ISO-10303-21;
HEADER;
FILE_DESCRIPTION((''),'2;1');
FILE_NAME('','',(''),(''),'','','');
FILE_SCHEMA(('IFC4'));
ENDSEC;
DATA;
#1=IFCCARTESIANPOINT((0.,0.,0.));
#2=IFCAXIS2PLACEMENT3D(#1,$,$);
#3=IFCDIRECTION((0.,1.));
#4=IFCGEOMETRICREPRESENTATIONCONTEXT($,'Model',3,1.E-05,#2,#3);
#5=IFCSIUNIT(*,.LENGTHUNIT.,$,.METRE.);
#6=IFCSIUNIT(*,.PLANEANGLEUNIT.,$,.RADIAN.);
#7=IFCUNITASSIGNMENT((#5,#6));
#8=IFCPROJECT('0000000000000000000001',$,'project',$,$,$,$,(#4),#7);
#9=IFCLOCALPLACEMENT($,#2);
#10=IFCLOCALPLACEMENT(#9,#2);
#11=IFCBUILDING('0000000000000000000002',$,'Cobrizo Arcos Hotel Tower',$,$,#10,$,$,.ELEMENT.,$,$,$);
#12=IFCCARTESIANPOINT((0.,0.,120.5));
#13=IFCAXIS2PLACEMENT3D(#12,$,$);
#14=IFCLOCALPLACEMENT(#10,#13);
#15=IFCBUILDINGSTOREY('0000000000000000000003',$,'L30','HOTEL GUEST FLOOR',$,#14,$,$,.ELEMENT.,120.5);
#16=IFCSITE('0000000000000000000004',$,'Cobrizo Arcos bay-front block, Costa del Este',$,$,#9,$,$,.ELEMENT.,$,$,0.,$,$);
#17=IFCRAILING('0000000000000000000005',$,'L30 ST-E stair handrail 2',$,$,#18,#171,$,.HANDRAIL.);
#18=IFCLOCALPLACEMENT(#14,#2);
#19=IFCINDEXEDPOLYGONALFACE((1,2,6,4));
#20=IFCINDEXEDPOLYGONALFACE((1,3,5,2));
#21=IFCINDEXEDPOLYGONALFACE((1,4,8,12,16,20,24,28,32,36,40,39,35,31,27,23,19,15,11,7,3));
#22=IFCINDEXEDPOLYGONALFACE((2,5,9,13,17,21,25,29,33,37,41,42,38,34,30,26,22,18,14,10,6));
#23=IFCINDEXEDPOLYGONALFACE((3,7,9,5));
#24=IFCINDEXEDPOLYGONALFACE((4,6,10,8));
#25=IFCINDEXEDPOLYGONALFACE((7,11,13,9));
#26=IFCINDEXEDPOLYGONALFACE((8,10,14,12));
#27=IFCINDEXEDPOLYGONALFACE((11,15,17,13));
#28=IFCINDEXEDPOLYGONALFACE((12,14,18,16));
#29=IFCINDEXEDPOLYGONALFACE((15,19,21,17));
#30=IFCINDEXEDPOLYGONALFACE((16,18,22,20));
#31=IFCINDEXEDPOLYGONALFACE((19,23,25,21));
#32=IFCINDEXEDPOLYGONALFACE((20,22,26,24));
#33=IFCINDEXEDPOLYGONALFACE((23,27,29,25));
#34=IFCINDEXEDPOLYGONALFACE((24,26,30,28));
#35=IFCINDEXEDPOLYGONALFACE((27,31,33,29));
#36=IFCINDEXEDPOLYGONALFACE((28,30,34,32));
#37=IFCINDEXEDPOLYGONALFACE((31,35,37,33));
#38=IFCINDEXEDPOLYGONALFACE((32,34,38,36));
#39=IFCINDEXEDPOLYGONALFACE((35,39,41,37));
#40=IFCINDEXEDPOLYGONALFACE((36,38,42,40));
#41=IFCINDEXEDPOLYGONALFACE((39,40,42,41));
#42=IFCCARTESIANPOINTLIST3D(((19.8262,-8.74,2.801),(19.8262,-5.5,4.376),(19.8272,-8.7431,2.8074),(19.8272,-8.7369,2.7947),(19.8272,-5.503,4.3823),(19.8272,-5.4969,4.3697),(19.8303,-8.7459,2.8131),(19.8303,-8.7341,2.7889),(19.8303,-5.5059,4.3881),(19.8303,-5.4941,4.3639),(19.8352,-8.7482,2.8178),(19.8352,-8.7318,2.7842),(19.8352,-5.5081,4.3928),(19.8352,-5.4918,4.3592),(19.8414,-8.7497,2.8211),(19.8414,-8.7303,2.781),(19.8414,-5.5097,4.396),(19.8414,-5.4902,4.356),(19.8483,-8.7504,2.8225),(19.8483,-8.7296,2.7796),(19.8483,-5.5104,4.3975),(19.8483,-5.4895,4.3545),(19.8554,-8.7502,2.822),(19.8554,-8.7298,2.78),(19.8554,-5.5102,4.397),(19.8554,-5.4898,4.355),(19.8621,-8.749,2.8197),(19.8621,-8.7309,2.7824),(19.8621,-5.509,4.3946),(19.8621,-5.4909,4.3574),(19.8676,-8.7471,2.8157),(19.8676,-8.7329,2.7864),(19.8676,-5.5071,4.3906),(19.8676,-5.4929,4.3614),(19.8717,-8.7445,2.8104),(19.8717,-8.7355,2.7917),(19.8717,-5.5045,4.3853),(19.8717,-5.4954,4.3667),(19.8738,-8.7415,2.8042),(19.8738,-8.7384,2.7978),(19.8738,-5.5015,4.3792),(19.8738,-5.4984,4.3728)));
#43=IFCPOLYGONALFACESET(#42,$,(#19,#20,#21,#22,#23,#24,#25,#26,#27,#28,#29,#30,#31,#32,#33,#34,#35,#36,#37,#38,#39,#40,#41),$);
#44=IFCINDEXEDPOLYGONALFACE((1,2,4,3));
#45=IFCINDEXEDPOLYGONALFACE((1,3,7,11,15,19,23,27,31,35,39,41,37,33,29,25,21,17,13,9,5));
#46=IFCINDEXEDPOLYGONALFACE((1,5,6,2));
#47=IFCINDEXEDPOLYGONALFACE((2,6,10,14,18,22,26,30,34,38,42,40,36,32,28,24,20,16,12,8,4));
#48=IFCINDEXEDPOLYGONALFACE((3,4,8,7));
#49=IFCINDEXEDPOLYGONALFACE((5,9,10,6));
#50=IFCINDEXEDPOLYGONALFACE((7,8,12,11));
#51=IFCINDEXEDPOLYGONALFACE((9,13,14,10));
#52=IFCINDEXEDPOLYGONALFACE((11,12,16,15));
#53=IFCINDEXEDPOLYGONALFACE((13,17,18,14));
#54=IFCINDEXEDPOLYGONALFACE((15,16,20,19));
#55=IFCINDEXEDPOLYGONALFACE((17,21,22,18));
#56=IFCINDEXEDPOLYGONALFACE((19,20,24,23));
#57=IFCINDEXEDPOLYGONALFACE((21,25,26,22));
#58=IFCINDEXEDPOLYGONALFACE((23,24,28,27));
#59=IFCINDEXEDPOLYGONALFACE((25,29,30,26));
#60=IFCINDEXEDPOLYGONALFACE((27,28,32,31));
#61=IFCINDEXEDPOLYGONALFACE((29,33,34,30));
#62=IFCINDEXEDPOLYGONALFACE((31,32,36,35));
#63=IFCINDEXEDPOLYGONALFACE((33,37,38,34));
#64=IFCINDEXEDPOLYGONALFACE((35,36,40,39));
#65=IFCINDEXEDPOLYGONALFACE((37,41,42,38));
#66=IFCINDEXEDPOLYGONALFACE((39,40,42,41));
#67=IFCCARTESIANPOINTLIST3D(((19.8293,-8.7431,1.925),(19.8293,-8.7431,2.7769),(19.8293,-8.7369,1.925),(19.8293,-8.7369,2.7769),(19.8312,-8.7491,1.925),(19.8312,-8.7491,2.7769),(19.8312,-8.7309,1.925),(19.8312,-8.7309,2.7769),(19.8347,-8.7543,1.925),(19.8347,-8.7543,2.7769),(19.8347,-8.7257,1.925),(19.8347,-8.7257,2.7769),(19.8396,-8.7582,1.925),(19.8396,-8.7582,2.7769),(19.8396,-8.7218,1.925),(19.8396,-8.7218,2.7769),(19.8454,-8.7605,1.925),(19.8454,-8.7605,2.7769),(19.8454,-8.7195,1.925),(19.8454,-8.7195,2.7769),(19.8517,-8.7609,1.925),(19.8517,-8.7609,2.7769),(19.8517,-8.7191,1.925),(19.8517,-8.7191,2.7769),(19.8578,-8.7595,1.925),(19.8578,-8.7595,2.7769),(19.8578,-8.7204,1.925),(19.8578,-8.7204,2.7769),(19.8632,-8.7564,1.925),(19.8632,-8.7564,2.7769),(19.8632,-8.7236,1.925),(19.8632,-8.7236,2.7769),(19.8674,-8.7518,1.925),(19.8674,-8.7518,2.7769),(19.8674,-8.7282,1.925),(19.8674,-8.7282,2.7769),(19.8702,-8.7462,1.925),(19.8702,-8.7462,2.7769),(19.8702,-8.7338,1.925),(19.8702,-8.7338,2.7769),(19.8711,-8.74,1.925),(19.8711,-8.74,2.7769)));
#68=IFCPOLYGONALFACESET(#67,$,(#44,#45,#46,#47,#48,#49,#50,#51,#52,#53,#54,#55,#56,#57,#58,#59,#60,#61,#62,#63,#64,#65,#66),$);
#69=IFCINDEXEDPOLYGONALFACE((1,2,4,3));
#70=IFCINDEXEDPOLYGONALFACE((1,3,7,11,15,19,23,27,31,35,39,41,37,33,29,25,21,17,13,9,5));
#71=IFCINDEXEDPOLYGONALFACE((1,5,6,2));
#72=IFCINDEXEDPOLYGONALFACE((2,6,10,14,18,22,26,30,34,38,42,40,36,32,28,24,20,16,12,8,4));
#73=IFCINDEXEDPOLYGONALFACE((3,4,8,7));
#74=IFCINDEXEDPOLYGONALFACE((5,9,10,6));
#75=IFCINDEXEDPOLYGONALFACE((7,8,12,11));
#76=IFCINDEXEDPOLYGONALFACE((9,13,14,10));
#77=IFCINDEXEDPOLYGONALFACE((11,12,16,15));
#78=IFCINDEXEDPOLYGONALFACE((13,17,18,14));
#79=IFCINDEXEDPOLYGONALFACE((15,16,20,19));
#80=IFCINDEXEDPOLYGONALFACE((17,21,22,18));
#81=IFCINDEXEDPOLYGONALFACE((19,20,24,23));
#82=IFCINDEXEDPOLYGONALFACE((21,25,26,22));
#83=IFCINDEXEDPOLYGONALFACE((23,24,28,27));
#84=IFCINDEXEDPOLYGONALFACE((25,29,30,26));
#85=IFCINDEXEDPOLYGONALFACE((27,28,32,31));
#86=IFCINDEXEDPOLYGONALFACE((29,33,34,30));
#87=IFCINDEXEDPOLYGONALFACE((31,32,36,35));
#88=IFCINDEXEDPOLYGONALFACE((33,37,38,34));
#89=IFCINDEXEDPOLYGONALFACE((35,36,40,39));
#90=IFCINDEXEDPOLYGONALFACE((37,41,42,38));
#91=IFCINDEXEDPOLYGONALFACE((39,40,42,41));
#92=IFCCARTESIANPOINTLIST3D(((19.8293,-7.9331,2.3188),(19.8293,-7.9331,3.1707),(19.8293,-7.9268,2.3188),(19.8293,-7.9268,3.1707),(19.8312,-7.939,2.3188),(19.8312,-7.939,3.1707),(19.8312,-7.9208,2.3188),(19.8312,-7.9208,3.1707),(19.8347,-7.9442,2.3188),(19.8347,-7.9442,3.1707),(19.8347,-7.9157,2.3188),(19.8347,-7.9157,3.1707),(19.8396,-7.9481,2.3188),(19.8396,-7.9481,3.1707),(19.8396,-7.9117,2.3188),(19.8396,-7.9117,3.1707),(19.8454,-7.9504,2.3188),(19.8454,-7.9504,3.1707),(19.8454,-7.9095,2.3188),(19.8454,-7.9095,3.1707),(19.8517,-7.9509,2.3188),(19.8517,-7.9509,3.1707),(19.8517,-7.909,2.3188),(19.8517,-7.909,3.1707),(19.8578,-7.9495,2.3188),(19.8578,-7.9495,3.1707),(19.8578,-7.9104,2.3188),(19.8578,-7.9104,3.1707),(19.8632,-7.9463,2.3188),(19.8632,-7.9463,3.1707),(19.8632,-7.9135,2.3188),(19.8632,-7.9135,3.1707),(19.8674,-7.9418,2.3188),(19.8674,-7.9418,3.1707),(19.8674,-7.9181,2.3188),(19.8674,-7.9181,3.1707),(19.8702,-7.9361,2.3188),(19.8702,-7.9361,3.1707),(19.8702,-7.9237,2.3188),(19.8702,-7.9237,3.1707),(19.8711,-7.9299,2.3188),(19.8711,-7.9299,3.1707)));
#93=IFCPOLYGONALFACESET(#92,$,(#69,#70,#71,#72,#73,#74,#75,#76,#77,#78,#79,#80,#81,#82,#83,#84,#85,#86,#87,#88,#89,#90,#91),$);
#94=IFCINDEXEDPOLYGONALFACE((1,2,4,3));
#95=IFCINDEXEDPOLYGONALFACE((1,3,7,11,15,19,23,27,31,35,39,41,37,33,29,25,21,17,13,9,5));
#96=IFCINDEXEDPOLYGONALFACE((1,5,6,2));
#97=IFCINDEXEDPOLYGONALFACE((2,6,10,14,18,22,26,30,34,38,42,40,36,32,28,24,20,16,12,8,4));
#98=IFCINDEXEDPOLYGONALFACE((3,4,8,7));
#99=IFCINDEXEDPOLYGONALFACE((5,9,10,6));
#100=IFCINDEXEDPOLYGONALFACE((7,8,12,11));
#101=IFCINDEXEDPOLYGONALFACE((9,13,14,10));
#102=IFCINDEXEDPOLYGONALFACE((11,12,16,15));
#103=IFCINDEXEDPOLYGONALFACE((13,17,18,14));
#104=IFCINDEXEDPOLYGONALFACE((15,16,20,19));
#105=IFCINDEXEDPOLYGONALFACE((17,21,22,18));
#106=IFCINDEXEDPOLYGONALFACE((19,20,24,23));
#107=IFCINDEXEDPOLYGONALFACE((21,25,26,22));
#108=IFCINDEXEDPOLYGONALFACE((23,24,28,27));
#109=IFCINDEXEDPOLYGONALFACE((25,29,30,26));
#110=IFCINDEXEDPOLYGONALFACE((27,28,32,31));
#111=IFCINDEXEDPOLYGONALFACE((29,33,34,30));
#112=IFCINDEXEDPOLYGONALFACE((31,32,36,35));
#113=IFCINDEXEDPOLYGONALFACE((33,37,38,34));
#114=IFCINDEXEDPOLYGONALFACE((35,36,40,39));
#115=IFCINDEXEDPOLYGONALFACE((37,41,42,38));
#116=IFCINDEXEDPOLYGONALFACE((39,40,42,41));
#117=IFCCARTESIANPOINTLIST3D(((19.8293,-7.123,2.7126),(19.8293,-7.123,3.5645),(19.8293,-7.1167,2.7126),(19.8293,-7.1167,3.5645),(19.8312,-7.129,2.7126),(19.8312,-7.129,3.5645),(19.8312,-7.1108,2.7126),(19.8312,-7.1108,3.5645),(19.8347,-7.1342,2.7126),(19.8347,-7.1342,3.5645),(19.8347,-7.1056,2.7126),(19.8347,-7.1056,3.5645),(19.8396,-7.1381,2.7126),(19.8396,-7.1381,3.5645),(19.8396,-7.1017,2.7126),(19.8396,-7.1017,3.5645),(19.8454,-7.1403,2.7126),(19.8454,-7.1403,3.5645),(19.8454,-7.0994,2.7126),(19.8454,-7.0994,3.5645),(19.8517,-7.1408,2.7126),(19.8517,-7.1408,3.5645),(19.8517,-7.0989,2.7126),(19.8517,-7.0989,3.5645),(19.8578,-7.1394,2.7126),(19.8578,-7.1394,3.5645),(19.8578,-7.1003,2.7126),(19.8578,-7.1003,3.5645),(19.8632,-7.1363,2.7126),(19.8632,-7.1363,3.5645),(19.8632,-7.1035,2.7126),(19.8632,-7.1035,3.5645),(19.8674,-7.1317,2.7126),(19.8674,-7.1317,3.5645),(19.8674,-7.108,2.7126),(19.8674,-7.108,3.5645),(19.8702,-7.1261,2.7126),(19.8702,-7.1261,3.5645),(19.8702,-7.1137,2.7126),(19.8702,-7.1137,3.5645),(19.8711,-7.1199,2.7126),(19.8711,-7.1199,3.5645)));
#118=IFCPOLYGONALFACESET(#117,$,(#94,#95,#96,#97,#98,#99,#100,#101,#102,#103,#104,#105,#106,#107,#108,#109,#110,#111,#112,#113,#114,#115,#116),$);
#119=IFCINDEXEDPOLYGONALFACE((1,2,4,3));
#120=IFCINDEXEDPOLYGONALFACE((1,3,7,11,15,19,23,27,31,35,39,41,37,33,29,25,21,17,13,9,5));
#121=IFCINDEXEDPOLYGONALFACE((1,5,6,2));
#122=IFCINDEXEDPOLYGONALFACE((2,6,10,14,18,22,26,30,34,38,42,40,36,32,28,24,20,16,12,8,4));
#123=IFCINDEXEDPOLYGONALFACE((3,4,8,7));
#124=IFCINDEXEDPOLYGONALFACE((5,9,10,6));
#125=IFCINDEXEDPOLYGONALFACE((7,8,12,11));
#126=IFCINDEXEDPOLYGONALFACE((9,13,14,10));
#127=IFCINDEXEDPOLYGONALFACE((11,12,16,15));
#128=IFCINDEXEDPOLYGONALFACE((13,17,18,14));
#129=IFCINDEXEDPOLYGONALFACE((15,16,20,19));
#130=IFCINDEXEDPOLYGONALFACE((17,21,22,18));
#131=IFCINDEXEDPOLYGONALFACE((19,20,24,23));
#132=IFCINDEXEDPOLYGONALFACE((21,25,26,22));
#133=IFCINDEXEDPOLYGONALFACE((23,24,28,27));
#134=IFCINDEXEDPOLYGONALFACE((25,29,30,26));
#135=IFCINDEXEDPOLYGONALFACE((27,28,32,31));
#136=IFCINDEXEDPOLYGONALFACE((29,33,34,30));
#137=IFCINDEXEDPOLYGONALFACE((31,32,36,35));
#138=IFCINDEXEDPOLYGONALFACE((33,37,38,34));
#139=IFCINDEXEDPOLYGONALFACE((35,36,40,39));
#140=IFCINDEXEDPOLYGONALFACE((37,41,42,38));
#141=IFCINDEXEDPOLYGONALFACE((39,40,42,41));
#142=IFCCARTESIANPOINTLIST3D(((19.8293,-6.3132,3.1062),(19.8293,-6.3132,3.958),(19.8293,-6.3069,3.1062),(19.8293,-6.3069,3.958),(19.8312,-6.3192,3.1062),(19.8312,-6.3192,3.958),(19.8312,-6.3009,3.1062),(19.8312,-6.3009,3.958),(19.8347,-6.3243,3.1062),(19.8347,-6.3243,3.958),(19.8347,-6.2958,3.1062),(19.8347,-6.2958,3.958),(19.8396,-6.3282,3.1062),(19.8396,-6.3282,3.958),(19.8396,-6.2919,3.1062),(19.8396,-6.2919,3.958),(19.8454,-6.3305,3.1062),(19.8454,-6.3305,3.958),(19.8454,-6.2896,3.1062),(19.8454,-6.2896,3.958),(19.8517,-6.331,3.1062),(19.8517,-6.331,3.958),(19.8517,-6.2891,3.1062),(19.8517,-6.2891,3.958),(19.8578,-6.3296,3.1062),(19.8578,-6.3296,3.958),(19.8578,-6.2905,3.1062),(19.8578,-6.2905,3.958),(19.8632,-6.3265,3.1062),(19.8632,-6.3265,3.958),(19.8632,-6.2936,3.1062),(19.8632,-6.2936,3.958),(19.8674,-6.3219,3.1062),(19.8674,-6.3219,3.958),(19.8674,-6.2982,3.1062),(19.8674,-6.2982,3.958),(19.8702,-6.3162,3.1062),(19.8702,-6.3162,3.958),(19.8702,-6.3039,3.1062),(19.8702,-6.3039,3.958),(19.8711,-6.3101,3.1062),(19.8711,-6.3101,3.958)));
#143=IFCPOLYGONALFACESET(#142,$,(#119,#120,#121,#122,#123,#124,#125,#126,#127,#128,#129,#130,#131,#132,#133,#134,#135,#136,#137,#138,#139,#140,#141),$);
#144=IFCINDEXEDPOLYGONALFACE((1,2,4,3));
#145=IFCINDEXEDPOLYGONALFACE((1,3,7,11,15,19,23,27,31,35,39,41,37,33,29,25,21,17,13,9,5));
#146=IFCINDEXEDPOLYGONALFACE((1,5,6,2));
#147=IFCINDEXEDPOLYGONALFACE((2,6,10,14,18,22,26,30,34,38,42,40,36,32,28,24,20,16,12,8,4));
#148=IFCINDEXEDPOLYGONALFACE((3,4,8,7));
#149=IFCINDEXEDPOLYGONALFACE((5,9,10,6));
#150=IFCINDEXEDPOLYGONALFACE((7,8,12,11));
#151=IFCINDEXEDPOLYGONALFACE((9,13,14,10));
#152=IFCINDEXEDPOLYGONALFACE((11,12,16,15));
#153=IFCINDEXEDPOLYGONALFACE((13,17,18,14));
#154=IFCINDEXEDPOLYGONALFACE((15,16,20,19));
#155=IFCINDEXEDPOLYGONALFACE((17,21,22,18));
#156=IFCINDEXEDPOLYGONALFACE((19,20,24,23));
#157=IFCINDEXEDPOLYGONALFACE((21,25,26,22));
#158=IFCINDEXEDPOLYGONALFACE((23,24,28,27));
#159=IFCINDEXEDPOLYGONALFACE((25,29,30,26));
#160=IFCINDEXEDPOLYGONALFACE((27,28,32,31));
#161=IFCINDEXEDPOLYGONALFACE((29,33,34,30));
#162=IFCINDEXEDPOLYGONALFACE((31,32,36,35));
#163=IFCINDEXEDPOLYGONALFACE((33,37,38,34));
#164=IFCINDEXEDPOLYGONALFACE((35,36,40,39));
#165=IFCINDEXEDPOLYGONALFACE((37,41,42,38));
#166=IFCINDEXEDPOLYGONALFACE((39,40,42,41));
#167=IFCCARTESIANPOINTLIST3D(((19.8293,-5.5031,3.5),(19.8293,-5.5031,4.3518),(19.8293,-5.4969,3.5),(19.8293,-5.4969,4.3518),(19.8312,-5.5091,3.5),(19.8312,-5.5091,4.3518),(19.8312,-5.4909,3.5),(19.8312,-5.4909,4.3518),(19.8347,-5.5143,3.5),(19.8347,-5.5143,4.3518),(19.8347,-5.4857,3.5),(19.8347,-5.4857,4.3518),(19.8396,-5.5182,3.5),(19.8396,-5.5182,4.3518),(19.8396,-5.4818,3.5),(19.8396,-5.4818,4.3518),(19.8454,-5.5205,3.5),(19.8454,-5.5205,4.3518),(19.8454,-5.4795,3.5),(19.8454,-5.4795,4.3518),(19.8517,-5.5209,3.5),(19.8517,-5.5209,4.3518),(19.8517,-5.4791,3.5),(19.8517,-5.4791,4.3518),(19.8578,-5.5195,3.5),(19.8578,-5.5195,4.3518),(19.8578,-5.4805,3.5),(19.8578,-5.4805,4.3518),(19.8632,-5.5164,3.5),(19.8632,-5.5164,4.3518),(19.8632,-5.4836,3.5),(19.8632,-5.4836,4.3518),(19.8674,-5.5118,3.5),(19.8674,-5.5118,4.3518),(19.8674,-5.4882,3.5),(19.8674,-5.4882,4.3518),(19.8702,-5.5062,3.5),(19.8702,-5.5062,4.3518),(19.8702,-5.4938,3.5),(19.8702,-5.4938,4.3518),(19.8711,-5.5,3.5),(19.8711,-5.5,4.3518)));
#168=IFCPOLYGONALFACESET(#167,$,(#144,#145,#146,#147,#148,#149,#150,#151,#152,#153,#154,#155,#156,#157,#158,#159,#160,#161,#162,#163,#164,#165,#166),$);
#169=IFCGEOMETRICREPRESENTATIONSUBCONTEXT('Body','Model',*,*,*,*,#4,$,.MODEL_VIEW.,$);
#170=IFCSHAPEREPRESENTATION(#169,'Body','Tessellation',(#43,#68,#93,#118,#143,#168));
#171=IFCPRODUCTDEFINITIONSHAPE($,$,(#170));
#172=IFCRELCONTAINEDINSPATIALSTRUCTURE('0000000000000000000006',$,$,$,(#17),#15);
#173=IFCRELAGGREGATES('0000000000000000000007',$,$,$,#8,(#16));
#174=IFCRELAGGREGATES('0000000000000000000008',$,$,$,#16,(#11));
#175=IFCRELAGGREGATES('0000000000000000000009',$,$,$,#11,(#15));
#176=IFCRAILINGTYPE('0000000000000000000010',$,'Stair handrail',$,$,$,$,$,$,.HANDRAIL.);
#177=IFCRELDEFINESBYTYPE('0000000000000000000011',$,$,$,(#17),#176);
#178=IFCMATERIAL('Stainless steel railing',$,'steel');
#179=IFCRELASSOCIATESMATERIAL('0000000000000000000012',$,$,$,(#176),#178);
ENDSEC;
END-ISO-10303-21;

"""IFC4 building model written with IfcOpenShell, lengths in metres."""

from ifc_helpers import new_model, si_unit, direction, frame, origin, origin_2d, place, context, subcontext, project, spatial, circle, extrude, material, type_object, element, save


model = new_model("IFC4")

# Units and contexts
model_context = context("Model", 3, precision=1e-05, world=origin(), true_north=direction((0.0, 1.0)))
body_context = subcontext(model_context, "Body", "Model", "MODEL_VIEW")
ifc_project = project(units=[si_unit("LENGTHUNIT", "METRE"), si_unit("PLANEANGLEUNIT", "RADIAN")], contexts=[model_context])

# Site, building, storey
site_placement = place(None, origin())
site = spatial("IfcSite", under=ifc_project, at=site_placement, Name="Cobrizo Arcos bay-front block, Costa del Este", CompositionType="ELEMENT", RefElevation=0.0)
building_placement = place(site_placement, origin())
building = spatial("IfcBuilding", under=site, at=building_placement, Name="Cobrizo Arcos Hotel Tower", CompositionType="ELEMENT")
storey_placement = place(building_placement, frame((0.0, 0.0, 120.5)))
storey = spatial("IfcBuildingStorey", under=building, at=storey_placement, Name="L30", Description="HOTEL GUEST FLOOR", CompositionType="ELEMENT", Elevation=120.5)

# Railing
ifc_material_1 = material(Name="Stainless steel railing", Category="steel")
railing_type_1 = type_object("IfcRailingType", Name="Stair handrail", PredefinedType="HANDRAIL", material=ifc_material_1)
railing_1_placement = place(storey_placement, frame((19.8501, -8.74, 1.925)))
element("IfcRailing", 1, at=railing_1_placement, inside=storey, type_object=railing_type_1, Name="L30 ST-E stair handrail 2", PredefinedType="HANDRAIL", context=body_context, shape_type="SweptSolid", body=[
    extrude(circle(Radius=0.0239, at=origin_2d()), frame((0.0, 0.0, 0.876), z_axis=(0.0, 0.899373, 0.437183), x_axis=(-1.0, 0.0, 0.0)), (0.0, 0.0, 1.0), 3.6025),
    extrude(circle(Radius=0.021, at=origin_2d()), origin(), (0.0, 0.0, 1.0), 0.8518),
    extrude(circle(Radius=0.021, at=origin_2d()), frame((0.0, 0.8101, 0.3938)), (0.0, 0.0, 1.0), 0.8518),
    extrude(circle(Radius=0.021, at=origin_2d()), frame((0.0, 1.6201, 0.7876)), (0.0, 0.0, 1.0), 0.8518),
    extrude(circle(Radius=0.021, at=origin_2d()), frame((0.0, 2.4299, 1.1812)), (0.0, 0.0, 1.0), 0.8518),
    extrude(circle(Radius=0.021, at=origin_2d()), frame((0.0, 3.24, 1.575)), (0.0, 0.0, 1.0), 0.8518),
])

save(model, "model.ifc")
